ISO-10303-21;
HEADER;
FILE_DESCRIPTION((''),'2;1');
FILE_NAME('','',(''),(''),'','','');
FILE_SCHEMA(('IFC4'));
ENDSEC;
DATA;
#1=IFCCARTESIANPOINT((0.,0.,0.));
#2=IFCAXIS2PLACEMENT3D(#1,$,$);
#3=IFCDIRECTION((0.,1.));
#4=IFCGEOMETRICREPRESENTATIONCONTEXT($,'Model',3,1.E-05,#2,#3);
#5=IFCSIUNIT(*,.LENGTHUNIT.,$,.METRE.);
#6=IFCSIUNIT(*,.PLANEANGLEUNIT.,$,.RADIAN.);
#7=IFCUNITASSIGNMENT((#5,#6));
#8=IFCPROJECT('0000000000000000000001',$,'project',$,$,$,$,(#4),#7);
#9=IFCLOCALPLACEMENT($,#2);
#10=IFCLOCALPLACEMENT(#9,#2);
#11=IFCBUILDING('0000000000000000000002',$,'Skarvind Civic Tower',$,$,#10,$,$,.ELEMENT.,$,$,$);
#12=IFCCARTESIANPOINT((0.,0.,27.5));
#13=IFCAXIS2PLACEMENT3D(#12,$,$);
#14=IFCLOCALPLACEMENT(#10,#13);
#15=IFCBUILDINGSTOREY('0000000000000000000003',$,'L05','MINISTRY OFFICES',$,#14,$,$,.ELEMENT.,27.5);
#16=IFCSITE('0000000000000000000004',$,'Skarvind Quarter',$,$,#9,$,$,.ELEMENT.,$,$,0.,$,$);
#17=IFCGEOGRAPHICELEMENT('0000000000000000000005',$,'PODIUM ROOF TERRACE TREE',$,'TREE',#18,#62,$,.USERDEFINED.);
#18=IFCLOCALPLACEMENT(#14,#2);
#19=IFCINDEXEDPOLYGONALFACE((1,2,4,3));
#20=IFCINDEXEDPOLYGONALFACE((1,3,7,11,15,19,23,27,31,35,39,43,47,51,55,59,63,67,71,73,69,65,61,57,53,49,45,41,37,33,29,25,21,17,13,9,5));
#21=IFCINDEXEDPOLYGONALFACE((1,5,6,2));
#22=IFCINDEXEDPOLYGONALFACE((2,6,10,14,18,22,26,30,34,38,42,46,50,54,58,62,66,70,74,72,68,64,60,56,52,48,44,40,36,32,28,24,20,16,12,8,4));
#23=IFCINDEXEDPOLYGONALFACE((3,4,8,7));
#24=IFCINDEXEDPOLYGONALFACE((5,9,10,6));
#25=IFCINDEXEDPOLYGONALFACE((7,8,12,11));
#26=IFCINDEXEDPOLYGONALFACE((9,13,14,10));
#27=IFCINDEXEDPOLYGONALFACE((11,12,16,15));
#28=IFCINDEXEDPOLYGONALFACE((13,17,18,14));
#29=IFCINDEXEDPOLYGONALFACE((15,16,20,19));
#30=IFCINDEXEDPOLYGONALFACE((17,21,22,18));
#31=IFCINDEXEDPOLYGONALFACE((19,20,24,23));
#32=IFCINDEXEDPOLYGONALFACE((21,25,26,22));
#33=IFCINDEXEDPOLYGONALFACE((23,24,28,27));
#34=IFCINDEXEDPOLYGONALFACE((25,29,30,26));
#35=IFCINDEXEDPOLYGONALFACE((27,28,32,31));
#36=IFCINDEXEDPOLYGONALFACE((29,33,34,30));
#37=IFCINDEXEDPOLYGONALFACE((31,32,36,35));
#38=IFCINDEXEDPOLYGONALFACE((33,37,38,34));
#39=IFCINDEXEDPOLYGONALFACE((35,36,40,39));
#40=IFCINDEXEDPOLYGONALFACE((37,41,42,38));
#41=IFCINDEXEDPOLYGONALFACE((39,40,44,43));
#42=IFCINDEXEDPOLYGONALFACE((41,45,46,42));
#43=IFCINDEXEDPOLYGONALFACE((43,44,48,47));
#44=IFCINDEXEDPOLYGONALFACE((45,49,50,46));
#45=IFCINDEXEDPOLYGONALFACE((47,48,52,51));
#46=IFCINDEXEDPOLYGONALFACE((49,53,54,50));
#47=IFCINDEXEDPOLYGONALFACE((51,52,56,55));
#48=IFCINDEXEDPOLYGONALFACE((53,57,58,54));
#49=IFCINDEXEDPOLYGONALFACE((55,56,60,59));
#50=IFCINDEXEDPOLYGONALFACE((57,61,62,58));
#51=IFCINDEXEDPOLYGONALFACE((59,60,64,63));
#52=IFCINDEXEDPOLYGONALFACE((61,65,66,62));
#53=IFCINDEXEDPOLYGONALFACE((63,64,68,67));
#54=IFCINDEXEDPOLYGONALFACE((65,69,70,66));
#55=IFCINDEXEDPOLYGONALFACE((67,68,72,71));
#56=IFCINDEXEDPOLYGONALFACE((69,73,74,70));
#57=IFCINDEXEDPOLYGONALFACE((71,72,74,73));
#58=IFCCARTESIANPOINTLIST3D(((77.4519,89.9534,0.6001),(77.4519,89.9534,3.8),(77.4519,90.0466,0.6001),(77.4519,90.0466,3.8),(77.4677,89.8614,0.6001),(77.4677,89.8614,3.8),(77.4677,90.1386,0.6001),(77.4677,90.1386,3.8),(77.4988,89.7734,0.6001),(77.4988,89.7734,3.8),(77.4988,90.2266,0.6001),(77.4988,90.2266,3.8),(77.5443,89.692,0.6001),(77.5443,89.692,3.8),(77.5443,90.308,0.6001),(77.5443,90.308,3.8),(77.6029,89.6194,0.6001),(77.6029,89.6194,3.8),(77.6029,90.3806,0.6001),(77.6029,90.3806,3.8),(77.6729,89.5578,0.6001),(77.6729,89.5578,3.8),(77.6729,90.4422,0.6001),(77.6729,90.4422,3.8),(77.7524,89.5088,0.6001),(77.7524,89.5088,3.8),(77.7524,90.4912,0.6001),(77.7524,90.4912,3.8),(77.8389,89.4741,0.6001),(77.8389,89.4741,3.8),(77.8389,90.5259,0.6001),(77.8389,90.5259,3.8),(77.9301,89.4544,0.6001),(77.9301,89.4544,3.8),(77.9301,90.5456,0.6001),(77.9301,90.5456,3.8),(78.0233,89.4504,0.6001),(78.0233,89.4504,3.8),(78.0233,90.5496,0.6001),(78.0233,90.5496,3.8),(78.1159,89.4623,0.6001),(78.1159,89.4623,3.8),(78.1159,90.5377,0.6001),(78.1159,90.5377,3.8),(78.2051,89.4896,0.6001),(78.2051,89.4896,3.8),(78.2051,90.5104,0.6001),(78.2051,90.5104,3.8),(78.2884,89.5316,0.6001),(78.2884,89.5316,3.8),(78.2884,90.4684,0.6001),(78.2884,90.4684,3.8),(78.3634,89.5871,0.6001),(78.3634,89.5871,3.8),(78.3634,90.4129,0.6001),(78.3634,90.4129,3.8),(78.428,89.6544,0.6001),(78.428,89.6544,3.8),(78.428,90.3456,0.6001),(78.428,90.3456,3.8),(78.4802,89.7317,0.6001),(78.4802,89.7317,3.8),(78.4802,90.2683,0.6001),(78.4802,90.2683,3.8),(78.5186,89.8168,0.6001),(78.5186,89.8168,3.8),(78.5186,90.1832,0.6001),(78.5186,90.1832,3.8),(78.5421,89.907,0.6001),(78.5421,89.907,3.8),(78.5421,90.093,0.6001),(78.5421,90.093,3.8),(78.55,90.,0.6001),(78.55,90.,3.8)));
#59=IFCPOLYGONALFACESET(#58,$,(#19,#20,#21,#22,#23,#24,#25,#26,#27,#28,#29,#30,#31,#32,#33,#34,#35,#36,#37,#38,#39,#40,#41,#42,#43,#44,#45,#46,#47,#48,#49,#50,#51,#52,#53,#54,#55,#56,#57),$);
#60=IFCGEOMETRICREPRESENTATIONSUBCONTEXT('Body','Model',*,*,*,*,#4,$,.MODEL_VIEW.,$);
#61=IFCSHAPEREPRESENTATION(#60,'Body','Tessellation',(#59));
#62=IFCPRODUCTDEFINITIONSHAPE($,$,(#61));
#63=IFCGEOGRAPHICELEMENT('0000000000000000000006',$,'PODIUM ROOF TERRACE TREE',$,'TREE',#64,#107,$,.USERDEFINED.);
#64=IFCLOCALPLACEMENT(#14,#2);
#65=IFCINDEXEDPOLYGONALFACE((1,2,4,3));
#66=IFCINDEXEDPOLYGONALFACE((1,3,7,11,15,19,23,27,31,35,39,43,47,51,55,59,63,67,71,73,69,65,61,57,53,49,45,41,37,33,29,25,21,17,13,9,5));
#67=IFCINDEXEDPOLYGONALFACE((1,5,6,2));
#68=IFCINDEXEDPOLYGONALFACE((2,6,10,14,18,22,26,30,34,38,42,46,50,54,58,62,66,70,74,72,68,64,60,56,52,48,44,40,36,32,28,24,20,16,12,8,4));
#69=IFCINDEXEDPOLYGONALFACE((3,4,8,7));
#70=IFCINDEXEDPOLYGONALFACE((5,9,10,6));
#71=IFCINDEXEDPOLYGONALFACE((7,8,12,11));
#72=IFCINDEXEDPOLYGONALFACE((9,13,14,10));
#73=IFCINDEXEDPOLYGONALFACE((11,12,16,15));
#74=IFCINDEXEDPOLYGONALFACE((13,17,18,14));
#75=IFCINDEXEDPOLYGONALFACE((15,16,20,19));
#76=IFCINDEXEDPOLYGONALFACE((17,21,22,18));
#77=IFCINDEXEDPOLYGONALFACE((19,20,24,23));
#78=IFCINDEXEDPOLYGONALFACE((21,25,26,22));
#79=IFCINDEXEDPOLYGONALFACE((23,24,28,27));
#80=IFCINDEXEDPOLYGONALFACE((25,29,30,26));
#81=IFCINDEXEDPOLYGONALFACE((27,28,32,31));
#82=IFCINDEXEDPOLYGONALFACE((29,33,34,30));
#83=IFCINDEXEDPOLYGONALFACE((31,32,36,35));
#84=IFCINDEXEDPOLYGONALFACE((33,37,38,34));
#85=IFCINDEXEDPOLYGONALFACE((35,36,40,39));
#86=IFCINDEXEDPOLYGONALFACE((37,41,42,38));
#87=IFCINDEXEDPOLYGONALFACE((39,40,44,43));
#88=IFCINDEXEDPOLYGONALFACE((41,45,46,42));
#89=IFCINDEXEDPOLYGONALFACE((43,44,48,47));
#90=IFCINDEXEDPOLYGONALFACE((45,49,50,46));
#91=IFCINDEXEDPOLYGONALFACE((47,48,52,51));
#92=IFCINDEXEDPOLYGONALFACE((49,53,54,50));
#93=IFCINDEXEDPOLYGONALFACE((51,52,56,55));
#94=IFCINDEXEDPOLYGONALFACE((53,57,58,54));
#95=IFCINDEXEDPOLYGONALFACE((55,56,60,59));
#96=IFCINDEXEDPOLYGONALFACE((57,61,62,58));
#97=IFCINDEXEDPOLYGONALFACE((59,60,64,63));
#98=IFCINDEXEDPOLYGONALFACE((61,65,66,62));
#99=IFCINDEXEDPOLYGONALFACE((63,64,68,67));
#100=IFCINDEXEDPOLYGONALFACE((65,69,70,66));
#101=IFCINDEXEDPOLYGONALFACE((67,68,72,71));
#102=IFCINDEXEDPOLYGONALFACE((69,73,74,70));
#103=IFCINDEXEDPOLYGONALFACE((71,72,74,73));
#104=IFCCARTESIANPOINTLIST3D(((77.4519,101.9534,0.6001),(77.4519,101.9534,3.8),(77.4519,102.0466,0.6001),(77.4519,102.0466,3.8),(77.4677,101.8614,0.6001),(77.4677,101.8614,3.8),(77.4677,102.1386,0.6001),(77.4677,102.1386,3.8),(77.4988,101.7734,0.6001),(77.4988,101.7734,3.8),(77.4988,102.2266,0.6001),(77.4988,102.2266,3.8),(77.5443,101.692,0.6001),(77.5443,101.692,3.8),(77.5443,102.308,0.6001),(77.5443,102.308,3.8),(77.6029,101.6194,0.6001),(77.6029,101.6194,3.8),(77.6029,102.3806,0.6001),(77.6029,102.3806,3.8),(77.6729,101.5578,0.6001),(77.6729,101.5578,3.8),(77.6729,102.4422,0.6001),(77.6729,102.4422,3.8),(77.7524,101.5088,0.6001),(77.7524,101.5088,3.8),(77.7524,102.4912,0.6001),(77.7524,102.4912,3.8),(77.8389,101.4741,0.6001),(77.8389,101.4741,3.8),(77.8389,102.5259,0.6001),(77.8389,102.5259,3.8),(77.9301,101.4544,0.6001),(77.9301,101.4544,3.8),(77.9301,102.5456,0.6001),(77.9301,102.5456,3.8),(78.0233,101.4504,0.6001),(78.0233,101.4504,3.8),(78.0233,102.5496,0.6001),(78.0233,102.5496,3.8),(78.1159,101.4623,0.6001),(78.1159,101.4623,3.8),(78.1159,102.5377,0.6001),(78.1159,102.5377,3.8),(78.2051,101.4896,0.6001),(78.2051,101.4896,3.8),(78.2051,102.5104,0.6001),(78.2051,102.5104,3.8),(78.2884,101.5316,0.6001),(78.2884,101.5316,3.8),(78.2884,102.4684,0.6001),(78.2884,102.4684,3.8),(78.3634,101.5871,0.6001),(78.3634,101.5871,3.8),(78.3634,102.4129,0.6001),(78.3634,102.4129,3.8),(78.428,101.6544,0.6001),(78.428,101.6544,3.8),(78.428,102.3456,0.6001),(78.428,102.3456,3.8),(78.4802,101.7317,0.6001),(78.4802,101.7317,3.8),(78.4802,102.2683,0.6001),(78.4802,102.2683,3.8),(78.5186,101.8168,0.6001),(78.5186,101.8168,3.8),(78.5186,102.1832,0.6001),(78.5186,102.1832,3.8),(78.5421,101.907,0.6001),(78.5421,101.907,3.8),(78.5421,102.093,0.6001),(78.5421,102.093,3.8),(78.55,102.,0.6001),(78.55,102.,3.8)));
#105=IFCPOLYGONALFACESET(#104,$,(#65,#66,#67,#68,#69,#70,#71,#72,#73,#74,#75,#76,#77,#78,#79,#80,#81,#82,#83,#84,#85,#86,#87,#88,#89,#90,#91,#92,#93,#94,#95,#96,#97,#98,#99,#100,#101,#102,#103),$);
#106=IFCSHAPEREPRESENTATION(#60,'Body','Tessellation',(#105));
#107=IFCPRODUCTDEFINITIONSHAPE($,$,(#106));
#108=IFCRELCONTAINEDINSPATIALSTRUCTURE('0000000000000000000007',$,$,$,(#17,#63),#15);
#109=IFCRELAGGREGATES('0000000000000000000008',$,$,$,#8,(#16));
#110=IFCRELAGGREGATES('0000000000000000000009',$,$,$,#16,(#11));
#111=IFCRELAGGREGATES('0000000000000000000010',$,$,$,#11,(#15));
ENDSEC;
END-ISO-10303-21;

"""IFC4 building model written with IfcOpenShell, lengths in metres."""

from ifc_helpers import new_model, si_unit, direction, frame, origin, origin_2d, place, context, subcontext, project, spatial, circle, extrude, element, save


model = new_model("IFC4")

# Units and contexts
model_context = context("Model", 3, precision=1e-05, world=origin(), true_north=direction((0.0, 1.0)))
body_context = subcontext(model_context, "Body", "Model", "MODEL_VIEW")
ifc_project = project(units=[si_unit("LENGTHUNIT", "METRE"), si_unit("PLANEANGLEUNIT", "RADIAN")], contexts=[model_context])

# Site, building, storey
site_placement = place(None, origin())
site = spatial("IfcSite", under=ifc_project, at=site_placement, Name="Skarvind Quarter", CompositionType="ELEMENT", RefElevation=0.0)
building_placement = place(site_placement, origin())
building = spatial("IfcBuilding", under=site, at=building_placement, Name="Skarvind Civic Tower", CompositionType="ELEMENT")
storey_placement = place(building_placement, frame((0.0, 0.0, 27.5)))
storey = spatial("IfcBuildingStorey", under=building, at=storey_placement, Name="L05", Description="MINISTRY OFFICES", CompositionType="ELEMENT", Elevation=27.5)

# Geographic elements
for number, where, z_axis, x_axis, name in (
    (1, (78.0, 90.0, 0.6001), (0.0, 0.0, 1.0), (1.0, 0.0, 0.0), "PODIUM ROOF TERRACE TREE"),
    (2, (78.0, 102.0, 0.6001), (0.0, 0.0, 1.0), (1.0, 0.0, 0.0), "PODIUM ROOF TERRACE TREE"),
):
    element("IfcGeographicElement", number, at=place(storey_placement, frame(where, z_axis=z_axis, x_axis=x_axis)), inside=storey, Name=name, ObjectType="TREE", PredefinedType="USERDEFINED", context=body_context, shape_type="SweptSolid", body=[
        extrude(circle(Radius=0.55, at=origin_2d()), origin(), (0.0, 0.0, 1.0), 3.2),
    ])

save(model, "model.ifc")
